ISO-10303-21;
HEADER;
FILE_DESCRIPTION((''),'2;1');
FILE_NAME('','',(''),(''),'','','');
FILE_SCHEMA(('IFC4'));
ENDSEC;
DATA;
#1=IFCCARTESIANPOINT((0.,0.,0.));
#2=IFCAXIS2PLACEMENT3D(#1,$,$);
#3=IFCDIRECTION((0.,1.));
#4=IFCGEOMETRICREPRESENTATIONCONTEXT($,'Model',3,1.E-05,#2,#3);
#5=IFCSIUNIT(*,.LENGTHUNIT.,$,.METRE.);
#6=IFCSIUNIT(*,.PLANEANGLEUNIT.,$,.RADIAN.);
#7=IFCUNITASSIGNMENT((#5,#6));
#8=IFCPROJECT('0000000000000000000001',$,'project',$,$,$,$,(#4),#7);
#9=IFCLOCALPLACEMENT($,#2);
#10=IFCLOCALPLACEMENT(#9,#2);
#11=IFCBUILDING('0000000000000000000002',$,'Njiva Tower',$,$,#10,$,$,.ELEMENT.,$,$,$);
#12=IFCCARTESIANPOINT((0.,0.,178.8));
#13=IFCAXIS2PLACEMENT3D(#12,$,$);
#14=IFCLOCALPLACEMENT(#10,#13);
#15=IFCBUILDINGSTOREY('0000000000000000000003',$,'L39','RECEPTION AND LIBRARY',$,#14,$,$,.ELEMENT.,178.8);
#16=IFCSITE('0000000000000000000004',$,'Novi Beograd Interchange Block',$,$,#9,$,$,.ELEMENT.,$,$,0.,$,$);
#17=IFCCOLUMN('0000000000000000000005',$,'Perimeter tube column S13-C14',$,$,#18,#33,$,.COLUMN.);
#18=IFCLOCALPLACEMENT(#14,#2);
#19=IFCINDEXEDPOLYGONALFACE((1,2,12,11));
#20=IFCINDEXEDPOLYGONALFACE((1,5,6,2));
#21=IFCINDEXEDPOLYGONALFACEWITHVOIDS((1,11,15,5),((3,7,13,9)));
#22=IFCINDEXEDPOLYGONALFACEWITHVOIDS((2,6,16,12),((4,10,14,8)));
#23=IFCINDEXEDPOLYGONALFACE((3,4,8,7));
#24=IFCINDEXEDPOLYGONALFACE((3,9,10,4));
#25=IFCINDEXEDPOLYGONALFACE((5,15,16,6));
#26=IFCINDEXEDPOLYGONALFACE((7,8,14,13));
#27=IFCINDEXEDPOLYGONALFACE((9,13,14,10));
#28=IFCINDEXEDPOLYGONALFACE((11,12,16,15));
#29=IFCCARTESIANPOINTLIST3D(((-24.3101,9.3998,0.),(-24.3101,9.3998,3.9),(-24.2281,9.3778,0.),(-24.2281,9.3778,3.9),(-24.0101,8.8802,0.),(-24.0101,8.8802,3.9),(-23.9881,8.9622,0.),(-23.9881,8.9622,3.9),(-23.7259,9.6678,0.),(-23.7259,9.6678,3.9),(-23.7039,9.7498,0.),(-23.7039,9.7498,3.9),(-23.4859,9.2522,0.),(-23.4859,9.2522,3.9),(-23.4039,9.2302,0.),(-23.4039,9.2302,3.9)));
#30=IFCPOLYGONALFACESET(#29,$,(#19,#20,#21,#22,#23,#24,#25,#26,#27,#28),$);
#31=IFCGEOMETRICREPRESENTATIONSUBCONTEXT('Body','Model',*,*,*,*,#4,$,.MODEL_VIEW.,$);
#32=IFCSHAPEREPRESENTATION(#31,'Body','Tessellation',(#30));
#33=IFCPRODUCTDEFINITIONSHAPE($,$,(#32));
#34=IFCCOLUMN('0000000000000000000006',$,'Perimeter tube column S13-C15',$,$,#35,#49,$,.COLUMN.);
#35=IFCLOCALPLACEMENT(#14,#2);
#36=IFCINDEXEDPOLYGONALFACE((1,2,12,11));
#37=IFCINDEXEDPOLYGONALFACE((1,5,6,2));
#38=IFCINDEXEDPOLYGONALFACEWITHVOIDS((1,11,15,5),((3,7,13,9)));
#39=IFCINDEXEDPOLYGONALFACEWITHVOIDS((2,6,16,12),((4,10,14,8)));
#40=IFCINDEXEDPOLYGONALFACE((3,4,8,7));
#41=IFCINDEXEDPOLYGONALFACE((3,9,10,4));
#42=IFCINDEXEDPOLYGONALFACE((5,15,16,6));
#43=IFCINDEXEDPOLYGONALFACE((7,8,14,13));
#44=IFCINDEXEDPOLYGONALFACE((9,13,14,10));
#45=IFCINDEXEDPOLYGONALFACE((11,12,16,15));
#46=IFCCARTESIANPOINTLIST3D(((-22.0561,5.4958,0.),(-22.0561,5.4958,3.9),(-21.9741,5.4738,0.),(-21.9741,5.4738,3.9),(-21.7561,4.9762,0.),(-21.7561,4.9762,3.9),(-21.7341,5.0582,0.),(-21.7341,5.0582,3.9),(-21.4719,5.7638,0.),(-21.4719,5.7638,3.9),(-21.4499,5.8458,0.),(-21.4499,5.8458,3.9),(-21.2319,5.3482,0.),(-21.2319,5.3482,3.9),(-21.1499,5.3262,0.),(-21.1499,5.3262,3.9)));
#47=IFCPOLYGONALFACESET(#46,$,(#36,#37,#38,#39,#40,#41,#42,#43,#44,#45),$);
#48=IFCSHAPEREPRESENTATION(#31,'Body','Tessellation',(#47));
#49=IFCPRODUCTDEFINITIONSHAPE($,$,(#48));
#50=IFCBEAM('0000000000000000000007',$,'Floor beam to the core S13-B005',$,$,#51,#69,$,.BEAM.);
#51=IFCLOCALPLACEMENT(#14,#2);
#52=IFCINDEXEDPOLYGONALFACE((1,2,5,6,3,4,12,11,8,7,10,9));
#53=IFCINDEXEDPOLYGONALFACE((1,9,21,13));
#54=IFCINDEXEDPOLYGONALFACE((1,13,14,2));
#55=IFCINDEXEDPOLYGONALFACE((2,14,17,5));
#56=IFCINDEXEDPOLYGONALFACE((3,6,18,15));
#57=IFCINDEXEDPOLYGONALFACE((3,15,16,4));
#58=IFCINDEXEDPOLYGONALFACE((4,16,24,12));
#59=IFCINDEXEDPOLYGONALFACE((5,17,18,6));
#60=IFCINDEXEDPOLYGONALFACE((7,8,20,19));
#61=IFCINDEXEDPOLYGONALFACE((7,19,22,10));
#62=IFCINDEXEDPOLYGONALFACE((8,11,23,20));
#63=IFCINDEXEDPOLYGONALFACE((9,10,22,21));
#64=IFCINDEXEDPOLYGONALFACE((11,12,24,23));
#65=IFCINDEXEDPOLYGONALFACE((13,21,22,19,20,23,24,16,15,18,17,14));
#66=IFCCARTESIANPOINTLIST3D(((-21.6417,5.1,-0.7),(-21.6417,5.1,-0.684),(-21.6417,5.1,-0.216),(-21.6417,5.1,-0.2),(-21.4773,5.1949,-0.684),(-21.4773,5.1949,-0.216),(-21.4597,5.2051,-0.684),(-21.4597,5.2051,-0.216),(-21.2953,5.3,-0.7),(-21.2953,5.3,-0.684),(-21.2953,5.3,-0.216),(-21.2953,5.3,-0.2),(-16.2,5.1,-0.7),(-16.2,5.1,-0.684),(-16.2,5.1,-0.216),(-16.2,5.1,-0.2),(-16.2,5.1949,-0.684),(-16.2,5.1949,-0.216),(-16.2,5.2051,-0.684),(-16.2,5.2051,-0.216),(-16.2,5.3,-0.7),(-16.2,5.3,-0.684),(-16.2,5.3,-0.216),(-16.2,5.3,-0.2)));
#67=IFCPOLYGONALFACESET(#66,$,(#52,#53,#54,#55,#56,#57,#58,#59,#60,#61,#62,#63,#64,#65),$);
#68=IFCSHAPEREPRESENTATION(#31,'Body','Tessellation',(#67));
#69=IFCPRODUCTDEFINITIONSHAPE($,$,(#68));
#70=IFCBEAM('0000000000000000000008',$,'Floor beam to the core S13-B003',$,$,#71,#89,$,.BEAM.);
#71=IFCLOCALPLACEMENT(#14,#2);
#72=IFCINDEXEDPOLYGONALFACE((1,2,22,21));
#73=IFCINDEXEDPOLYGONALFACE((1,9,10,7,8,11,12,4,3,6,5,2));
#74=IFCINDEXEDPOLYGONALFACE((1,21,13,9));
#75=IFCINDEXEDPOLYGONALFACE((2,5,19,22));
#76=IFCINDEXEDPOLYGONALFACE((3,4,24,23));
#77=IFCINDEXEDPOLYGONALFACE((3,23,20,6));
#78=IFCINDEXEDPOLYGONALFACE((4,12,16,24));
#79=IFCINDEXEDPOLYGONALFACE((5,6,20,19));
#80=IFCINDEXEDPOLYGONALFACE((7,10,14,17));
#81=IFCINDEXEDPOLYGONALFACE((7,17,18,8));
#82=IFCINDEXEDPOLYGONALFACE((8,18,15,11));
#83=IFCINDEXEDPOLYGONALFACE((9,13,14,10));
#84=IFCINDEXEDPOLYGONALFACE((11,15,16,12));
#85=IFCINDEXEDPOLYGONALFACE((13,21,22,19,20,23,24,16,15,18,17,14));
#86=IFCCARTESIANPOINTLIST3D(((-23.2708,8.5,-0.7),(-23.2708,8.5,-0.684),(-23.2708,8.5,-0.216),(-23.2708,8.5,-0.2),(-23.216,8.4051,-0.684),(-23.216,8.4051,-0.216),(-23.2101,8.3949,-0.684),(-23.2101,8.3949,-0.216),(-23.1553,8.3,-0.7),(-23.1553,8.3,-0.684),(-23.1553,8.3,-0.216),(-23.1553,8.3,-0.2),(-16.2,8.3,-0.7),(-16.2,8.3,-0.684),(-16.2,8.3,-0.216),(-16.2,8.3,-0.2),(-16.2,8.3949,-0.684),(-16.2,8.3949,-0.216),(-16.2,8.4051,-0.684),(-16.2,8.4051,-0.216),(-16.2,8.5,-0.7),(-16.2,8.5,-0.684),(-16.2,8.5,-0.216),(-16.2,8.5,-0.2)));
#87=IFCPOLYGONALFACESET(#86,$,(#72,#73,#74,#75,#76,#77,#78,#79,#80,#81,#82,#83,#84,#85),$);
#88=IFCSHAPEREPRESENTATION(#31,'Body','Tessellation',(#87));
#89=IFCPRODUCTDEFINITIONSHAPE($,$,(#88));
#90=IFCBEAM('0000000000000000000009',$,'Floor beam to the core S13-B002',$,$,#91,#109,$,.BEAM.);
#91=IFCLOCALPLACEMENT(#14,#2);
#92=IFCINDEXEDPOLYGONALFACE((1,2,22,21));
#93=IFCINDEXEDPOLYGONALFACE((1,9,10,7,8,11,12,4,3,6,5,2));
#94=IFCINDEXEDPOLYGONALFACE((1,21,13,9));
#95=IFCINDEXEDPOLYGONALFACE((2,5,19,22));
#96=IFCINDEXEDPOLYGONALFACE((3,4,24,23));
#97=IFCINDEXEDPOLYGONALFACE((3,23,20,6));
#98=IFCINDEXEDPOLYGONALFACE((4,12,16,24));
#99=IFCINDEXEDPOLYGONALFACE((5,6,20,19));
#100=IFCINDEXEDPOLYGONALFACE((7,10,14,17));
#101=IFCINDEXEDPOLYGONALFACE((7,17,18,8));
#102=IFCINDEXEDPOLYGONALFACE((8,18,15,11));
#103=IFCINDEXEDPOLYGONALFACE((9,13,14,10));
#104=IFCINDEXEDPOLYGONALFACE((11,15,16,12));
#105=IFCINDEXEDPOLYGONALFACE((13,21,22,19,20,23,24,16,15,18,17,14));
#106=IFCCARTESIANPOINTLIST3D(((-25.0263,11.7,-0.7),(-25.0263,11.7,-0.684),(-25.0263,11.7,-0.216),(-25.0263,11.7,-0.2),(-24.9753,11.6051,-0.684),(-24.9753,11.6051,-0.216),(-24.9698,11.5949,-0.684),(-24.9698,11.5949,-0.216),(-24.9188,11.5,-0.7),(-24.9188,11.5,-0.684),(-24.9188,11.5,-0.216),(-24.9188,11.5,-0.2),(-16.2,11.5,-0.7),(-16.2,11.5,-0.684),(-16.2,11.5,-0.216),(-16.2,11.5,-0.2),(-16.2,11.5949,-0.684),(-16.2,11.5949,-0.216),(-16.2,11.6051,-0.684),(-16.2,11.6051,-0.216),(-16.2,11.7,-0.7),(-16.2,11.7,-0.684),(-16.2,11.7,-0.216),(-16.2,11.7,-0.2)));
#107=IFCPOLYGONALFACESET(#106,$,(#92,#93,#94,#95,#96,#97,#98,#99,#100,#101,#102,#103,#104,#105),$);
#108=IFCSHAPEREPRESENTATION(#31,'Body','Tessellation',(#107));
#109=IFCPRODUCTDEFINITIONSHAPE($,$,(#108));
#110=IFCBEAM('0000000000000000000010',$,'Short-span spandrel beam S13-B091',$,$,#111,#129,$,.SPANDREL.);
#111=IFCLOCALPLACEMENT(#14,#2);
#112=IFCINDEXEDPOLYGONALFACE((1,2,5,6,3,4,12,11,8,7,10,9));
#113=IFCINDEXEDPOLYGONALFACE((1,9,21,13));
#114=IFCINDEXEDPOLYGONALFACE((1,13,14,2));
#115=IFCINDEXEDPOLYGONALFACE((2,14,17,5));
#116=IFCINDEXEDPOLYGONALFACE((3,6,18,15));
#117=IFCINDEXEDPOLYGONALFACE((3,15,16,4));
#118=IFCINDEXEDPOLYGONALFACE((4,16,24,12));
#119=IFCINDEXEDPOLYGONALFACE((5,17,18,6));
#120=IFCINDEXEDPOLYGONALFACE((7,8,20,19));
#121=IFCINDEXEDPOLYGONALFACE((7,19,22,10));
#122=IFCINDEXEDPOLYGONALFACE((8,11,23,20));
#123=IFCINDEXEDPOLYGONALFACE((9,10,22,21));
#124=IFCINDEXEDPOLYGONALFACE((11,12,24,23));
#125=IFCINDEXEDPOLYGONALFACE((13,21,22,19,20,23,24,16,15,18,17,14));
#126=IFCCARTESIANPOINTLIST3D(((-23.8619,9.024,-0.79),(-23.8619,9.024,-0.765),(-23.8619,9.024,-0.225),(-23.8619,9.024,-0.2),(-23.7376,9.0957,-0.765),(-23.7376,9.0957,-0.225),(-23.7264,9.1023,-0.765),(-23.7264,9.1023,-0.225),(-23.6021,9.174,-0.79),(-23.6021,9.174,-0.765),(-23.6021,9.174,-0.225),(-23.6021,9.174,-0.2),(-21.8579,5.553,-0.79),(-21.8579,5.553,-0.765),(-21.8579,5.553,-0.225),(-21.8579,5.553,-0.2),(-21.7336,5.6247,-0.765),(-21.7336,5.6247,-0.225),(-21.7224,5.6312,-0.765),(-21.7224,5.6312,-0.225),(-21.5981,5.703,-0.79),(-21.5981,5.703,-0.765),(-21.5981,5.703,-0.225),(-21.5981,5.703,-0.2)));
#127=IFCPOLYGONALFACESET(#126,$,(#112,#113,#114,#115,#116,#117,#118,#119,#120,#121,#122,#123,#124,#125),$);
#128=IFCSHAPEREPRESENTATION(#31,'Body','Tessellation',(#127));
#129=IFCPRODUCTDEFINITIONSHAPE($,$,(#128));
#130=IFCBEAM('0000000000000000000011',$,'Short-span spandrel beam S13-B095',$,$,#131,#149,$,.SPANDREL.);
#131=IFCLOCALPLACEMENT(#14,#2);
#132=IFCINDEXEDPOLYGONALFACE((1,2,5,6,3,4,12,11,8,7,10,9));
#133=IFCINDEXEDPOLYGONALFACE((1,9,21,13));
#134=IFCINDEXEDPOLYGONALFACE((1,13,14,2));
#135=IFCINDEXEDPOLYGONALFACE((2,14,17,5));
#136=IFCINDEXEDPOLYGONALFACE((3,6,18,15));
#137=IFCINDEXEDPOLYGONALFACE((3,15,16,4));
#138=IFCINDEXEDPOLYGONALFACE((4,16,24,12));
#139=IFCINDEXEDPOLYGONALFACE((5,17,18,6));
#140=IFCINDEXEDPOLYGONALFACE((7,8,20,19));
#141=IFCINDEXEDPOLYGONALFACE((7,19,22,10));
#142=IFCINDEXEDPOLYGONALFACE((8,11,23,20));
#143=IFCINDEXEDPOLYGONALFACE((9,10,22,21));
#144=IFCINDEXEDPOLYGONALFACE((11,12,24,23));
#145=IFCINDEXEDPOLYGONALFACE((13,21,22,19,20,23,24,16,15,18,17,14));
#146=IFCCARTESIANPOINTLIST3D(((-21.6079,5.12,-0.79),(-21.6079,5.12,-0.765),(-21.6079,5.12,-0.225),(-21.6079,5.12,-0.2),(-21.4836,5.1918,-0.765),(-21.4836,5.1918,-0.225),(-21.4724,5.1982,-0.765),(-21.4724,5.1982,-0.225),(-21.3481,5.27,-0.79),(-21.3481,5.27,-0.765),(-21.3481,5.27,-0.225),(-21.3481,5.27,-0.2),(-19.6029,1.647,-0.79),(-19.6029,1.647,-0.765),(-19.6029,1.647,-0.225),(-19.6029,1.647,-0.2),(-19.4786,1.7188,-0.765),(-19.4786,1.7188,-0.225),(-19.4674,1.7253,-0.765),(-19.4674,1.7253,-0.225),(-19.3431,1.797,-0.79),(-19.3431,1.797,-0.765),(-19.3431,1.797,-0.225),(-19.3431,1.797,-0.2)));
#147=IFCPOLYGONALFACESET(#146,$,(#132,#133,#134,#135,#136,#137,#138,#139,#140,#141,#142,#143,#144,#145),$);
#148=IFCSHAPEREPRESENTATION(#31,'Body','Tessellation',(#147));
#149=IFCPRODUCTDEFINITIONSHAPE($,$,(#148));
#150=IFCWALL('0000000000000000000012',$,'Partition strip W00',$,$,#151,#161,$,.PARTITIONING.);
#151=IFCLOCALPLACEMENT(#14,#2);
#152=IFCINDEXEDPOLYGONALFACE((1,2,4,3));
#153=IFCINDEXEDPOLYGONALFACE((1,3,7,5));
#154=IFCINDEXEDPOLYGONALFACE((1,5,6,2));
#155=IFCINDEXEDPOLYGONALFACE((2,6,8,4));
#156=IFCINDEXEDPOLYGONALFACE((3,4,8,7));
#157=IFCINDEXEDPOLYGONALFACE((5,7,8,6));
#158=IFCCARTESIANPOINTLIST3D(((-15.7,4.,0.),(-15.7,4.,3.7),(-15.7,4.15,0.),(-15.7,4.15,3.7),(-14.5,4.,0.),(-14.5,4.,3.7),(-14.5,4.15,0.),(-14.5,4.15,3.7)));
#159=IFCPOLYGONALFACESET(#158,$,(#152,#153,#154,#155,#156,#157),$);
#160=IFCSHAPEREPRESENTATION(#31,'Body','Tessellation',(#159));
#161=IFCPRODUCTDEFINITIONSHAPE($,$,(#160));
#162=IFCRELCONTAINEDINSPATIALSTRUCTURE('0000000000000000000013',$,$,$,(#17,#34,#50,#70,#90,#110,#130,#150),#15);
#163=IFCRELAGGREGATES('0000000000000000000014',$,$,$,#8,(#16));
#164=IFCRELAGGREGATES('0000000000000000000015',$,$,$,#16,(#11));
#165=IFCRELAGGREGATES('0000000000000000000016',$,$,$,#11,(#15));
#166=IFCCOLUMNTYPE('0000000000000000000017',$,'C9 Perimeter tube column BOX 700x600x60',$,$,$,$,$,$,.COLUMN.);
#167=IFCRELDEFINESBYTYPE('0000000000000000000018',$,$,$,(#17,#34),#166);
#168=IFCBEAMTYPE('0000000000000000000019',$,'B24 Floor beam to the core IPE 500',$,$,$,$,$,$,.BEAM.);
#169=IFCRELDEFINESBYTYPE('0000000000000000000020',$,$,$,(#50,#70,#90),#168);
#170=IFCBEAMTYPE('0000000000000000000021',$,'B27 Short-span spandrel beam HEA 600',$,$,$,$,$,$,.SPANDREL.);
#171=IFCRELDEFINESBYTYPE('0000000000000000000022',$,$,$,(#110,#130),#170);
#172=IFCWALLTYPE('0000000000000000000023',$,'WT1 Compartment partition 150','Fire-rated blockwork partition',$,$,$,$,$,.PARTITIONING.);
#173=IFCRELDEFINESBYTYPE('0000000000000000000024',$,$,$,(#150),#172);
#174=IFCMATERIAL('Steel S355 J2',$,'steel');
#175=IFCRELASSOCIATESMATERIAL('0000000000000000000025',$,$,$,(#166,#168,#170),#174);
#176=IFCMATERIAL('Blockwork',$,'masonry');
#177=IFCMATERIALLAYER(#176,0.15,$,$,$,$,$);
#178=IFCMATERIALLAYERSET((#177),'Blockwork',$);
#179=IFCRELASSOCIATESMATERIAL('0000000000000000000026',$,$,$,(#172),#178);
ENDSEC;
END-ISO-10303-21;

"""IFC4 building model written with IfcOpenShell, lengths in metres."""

from ifc_helpers import new_model, si_unit, direction, frame, frame_2d, origin, origin_2d, place, context, subcontext, project, spatial, rectangle, hollow_rectangle, i_section, extrude, clip, halfspace, material, layer, layer_set, material_profile, profile_set, type_object, element, save


model = new_model("IFC4")

# Units and contexts
model_context = context("Model", 3, precision=1e-05, world=origin(), true_north=direction((0.0, 1.0)))
body_context = subcontext(model_context, "Body", "Model", "MODEL_VIEW")
ifc_project = project(units=[si_unit("LENGTHUNIT", "METRE"), si_unit("PLANEANGLEUNIT", "RADIAN")], contexts=[model_context])

# Site, building, storey
site_placement = place(None, origin())
site = spatial("IfcSite", under=ifc_project, at=site_placement, Name="Novi Beograd Interchange Block", CompositionType="ELEMENT", RefElevation=0.0)
building_placement = place(site_placement, origin())
building = spatial("IfcBuilding", under=site, at=building_placement, Name="Njiva Tower", CompositionType="ELEMENT")
storey_placement = place(building_placement, frame((0.0, 0.0, 178.8)))
storey = spatial("IfcBuildingStorey", under=building, at=storey_placement, Name="L39", Description="RECEPTION AND LIBRARY", CompositionType="ELEMENT", Elevation=178.8)

# Columns
ifc_material_1 = material(Name="Steel S355 J2", Category="steel")
ifc_material_profile_1 = material_profile(ifc_material_1, hollow_rectangle(XDim=0.6, YDim=0.7, WallThickness=0.06, at=origin_2d()), Name="BOX 700x600x60")
ifc_profile_set_1 = profile_set([ifc_material_profile_1], Name="Steel S355 J2")
column_type = type_object("IfcColumnType", Name="C9 Perimeter tube column BOX 700x600x60", PredefinedType="COLUMN", material=ifc_profile_set_1)
for number, where, z_axis, x_axis, name in (
    (1, (-23.857, 9.315, 0.0), (0.0, 0.0, 1.0), (0.5, -0.866025, 0.0), "Perimeter tube column S13-C14"),
    (2, (-21.603, 5.411, 0.0), (0.0, 0.0, 1.0), (0.5, -0.866025, 0.0), "Perimeter tube column S13-C15"),
):
    element("IfcColumn", number, at=place(storey_placement, frame(where, z_axis=z_axis, x_axis=x_axis)), inside=storey, type_object=column_type, Name=name, PredefinedType="COLUMN", context=body_context, shape_type="SweptSolid", body=[
        extrude(hollow_rectangle(XDim=0.6, YDim=0.7, WallThickness=0.06, at=origin_2d()), origin(), (0.0, 0.0, 1.0), 3.9),
    ])

# Beams
ifc_material_profile_2 = material_profile(ifc_material_1, i_section(OverallWidth=0.2, OverallDepth=0.5, WebThickness=0.0102, FlangeThickness=0.016, at=origin_2d()), Name="IPE 500")
ifc_profile_set_2 = profile_set([ifc_material_profile_2], Name="Steel S355 J2")
beam_type_1 = type_object("IfcBeamType", Name="B24 Floor beam to the core IPE 500", PredefinedType="BEAM", material=ifc_profile_set_2)
beam_1_placement = place(storey_placement, frame((-21.661, 5.2, -0.45), z_axis=(1.0, 0.0, 0.0), x_axis=(0.0, 1.0, 0.0)))
element("IfcBeam", 3, at=beam_1_placement, inside=storey, type_object=beam_type_1, Name="Floor beam to the core S13-B005", PredefinedType="BEAM", context=body_context, shape_type="Clipping", body=[
    clip(extrude(i_section(OverallWidth=0.2, OverallDepth=0.5, WebThickness=0.0102, FlangeThickness=0.016, at=origin_2d()), origin(), (0.0, 0.0, 1.0), 5.461), halfspace(frame((0.0433, 0.0, 0.2675), z_axis=(0.866027, 0.0, -0.499998), x_axis=(0.0, -1.0, 0.0)), False)),
])
beam_2_placement = place(storey_placement, frame((-23.291, 8.4, -0.45), z_axis=(1.0, 0.0, 0.0), x_axis=(0.0, 1.0, 0.0)))
element("IfcBeam", 4, at=beam_2_placement, inside=storey, type_object=beam_type_1, Name="Floor beam to the core S13-B003", PredefinedType="BEAM", context=body_context, shape_type="Clipping", body=[
    clip(extrude(i_section(OverallWidth=0.2, OverallDepth=0.5, WebThickness=0.0102, FlangeThickness=0.016, at=origin_2d()), origin(), (0.0, 0.0, 1.0), 7.091), halfspace(frame((-0.025, 0.0, 0.0924), z_axis=(-0.499998, 0.0, -0.866027), x_axis=(0.0, -1.0, 0.0)), False)),
])
beam_3_placement = place(storey_placement, frame((-25.047, 11.6, -0.45), z_axis=(1.0, 0.0, 0.0), x_axis=(0.0, 1.0, 0.0)))
element("IfcBeam", 5, at=beam_3_placement, inside=storey, type_object=beam_type_1, Name="Floor beam to the core S13-B002", PredefinedType="BEAM", context=body_context, shape_type="Clipping", body=[
    clip(extrude(i_section(OverallWidth=0.2, OverallDepth=0.5, WebThickness=0.0102, FlangeThickness=0.016, at=origin_2d()), origin(), (0.0, 0.0, 1.0), 8.847), halfspace(frame((-0.0237, 0.0, 0.0872), z_axis=(-0.473777, 0.0, -0.880645), x_axis=(0.0, -1.0, 0.0)), False)),
])
ifc_material_profile_3 = material_profile(ifc_material_1, i_section(OverallWidth=0.3, OverallDepth=0.59, WebThickness=0.013, FlangeThickness=0.025, at=origin_2d()), Name="HEA 600")
ifc_profile_set_3 = profile_set([ifc_material_profile_3], Name="Steel S355 J2")
beam_type_2 = type_object("IfcBeamType", Name="B27 Short-span spandrel beam HEA 600", PredefinedType="SPANDREL", material=ifc_profile_set_3)
beam_4_placement = place(storey_placement, frame((-23.732, 9.099, -0.495), z_axis=(0.500003, -0.866024, 0.0), x_axis=(0.866024, 0.500003, 0.0)))
element("IfcBeam", 6, at=beam_4_placement, inside=storey, type_object=beam_type_2, Name="Short-span spandrel beam S13-B091", PredefinedType="SPANDREL", context=body_context, shape_type="SweptSolid", body=[
    extrude(i_section(OverallWidth=0.3, OverallDepth=0.59, WebThickness=0.013, FlangeThickness=0.025, at=origin_2d()), origin(), (0.0, 0.0, 1.0), 4.008),
])
beam_5_placement = place(storey_placement, frame((-21.478, 5.195, -0.495), z_axis=(0.499974, -0.86604, 0.0), x_axis=(0.86604, 0.499974, 0.0)))
element("IfcBeam", 7, at=beam_5_placement, inside=storey, type_object=beam_type_2, Name="Short-span spandrel beam S13-B095", PredefinedType="SPANDREL", context=body_context, shape_type="SweptSolid", body=[
    extrude(i_section(OverallWidth=0.3, OverallDepth=0.59, WebThickness=0.013, FlangeThickness=0.025, at=origin_2d()), origin(), (0.0, 0.0, 1.0), 4.0102),
])

# Wall
ifc_material_2 = material(Name="Blockwork", Category="masonry")
ifc_layer_1 = layer(ifc_material_2, 0.15)
ifc_layer_set_1 = layer_set([ifc_layer_1], Name="Blockwork")
wall_type_1 = type_object("IfcWallType", Name="WT1 Compartment partition 150", Description="Fire-rated blockwork partition", PredefinedType="PARTITIONING", material=ifc_layer_set_1)
wall_1_placement = place(storey_placement, frame((-15.7, 4.075, 0.0), z_axis=(0.0, 0.0, 1.0), x_axis=(1.0, 0.0, 0.0)))
element("IfcWall", 8, at=wall_1_placement, inside=storey, type_object=wall_type_1, Name="Partition strip W00", PredefinedType="PARTITIONING", context=body_context, shape_type="SweptSolid", body=[
    extrude(rectangle(XDim=1.2, YDim=0.15, at=frame_2d((0.6, 0.0))), origin(), (0.0, 0.0, 1.0), 3.7),
])

save(model, "model.ifc")
